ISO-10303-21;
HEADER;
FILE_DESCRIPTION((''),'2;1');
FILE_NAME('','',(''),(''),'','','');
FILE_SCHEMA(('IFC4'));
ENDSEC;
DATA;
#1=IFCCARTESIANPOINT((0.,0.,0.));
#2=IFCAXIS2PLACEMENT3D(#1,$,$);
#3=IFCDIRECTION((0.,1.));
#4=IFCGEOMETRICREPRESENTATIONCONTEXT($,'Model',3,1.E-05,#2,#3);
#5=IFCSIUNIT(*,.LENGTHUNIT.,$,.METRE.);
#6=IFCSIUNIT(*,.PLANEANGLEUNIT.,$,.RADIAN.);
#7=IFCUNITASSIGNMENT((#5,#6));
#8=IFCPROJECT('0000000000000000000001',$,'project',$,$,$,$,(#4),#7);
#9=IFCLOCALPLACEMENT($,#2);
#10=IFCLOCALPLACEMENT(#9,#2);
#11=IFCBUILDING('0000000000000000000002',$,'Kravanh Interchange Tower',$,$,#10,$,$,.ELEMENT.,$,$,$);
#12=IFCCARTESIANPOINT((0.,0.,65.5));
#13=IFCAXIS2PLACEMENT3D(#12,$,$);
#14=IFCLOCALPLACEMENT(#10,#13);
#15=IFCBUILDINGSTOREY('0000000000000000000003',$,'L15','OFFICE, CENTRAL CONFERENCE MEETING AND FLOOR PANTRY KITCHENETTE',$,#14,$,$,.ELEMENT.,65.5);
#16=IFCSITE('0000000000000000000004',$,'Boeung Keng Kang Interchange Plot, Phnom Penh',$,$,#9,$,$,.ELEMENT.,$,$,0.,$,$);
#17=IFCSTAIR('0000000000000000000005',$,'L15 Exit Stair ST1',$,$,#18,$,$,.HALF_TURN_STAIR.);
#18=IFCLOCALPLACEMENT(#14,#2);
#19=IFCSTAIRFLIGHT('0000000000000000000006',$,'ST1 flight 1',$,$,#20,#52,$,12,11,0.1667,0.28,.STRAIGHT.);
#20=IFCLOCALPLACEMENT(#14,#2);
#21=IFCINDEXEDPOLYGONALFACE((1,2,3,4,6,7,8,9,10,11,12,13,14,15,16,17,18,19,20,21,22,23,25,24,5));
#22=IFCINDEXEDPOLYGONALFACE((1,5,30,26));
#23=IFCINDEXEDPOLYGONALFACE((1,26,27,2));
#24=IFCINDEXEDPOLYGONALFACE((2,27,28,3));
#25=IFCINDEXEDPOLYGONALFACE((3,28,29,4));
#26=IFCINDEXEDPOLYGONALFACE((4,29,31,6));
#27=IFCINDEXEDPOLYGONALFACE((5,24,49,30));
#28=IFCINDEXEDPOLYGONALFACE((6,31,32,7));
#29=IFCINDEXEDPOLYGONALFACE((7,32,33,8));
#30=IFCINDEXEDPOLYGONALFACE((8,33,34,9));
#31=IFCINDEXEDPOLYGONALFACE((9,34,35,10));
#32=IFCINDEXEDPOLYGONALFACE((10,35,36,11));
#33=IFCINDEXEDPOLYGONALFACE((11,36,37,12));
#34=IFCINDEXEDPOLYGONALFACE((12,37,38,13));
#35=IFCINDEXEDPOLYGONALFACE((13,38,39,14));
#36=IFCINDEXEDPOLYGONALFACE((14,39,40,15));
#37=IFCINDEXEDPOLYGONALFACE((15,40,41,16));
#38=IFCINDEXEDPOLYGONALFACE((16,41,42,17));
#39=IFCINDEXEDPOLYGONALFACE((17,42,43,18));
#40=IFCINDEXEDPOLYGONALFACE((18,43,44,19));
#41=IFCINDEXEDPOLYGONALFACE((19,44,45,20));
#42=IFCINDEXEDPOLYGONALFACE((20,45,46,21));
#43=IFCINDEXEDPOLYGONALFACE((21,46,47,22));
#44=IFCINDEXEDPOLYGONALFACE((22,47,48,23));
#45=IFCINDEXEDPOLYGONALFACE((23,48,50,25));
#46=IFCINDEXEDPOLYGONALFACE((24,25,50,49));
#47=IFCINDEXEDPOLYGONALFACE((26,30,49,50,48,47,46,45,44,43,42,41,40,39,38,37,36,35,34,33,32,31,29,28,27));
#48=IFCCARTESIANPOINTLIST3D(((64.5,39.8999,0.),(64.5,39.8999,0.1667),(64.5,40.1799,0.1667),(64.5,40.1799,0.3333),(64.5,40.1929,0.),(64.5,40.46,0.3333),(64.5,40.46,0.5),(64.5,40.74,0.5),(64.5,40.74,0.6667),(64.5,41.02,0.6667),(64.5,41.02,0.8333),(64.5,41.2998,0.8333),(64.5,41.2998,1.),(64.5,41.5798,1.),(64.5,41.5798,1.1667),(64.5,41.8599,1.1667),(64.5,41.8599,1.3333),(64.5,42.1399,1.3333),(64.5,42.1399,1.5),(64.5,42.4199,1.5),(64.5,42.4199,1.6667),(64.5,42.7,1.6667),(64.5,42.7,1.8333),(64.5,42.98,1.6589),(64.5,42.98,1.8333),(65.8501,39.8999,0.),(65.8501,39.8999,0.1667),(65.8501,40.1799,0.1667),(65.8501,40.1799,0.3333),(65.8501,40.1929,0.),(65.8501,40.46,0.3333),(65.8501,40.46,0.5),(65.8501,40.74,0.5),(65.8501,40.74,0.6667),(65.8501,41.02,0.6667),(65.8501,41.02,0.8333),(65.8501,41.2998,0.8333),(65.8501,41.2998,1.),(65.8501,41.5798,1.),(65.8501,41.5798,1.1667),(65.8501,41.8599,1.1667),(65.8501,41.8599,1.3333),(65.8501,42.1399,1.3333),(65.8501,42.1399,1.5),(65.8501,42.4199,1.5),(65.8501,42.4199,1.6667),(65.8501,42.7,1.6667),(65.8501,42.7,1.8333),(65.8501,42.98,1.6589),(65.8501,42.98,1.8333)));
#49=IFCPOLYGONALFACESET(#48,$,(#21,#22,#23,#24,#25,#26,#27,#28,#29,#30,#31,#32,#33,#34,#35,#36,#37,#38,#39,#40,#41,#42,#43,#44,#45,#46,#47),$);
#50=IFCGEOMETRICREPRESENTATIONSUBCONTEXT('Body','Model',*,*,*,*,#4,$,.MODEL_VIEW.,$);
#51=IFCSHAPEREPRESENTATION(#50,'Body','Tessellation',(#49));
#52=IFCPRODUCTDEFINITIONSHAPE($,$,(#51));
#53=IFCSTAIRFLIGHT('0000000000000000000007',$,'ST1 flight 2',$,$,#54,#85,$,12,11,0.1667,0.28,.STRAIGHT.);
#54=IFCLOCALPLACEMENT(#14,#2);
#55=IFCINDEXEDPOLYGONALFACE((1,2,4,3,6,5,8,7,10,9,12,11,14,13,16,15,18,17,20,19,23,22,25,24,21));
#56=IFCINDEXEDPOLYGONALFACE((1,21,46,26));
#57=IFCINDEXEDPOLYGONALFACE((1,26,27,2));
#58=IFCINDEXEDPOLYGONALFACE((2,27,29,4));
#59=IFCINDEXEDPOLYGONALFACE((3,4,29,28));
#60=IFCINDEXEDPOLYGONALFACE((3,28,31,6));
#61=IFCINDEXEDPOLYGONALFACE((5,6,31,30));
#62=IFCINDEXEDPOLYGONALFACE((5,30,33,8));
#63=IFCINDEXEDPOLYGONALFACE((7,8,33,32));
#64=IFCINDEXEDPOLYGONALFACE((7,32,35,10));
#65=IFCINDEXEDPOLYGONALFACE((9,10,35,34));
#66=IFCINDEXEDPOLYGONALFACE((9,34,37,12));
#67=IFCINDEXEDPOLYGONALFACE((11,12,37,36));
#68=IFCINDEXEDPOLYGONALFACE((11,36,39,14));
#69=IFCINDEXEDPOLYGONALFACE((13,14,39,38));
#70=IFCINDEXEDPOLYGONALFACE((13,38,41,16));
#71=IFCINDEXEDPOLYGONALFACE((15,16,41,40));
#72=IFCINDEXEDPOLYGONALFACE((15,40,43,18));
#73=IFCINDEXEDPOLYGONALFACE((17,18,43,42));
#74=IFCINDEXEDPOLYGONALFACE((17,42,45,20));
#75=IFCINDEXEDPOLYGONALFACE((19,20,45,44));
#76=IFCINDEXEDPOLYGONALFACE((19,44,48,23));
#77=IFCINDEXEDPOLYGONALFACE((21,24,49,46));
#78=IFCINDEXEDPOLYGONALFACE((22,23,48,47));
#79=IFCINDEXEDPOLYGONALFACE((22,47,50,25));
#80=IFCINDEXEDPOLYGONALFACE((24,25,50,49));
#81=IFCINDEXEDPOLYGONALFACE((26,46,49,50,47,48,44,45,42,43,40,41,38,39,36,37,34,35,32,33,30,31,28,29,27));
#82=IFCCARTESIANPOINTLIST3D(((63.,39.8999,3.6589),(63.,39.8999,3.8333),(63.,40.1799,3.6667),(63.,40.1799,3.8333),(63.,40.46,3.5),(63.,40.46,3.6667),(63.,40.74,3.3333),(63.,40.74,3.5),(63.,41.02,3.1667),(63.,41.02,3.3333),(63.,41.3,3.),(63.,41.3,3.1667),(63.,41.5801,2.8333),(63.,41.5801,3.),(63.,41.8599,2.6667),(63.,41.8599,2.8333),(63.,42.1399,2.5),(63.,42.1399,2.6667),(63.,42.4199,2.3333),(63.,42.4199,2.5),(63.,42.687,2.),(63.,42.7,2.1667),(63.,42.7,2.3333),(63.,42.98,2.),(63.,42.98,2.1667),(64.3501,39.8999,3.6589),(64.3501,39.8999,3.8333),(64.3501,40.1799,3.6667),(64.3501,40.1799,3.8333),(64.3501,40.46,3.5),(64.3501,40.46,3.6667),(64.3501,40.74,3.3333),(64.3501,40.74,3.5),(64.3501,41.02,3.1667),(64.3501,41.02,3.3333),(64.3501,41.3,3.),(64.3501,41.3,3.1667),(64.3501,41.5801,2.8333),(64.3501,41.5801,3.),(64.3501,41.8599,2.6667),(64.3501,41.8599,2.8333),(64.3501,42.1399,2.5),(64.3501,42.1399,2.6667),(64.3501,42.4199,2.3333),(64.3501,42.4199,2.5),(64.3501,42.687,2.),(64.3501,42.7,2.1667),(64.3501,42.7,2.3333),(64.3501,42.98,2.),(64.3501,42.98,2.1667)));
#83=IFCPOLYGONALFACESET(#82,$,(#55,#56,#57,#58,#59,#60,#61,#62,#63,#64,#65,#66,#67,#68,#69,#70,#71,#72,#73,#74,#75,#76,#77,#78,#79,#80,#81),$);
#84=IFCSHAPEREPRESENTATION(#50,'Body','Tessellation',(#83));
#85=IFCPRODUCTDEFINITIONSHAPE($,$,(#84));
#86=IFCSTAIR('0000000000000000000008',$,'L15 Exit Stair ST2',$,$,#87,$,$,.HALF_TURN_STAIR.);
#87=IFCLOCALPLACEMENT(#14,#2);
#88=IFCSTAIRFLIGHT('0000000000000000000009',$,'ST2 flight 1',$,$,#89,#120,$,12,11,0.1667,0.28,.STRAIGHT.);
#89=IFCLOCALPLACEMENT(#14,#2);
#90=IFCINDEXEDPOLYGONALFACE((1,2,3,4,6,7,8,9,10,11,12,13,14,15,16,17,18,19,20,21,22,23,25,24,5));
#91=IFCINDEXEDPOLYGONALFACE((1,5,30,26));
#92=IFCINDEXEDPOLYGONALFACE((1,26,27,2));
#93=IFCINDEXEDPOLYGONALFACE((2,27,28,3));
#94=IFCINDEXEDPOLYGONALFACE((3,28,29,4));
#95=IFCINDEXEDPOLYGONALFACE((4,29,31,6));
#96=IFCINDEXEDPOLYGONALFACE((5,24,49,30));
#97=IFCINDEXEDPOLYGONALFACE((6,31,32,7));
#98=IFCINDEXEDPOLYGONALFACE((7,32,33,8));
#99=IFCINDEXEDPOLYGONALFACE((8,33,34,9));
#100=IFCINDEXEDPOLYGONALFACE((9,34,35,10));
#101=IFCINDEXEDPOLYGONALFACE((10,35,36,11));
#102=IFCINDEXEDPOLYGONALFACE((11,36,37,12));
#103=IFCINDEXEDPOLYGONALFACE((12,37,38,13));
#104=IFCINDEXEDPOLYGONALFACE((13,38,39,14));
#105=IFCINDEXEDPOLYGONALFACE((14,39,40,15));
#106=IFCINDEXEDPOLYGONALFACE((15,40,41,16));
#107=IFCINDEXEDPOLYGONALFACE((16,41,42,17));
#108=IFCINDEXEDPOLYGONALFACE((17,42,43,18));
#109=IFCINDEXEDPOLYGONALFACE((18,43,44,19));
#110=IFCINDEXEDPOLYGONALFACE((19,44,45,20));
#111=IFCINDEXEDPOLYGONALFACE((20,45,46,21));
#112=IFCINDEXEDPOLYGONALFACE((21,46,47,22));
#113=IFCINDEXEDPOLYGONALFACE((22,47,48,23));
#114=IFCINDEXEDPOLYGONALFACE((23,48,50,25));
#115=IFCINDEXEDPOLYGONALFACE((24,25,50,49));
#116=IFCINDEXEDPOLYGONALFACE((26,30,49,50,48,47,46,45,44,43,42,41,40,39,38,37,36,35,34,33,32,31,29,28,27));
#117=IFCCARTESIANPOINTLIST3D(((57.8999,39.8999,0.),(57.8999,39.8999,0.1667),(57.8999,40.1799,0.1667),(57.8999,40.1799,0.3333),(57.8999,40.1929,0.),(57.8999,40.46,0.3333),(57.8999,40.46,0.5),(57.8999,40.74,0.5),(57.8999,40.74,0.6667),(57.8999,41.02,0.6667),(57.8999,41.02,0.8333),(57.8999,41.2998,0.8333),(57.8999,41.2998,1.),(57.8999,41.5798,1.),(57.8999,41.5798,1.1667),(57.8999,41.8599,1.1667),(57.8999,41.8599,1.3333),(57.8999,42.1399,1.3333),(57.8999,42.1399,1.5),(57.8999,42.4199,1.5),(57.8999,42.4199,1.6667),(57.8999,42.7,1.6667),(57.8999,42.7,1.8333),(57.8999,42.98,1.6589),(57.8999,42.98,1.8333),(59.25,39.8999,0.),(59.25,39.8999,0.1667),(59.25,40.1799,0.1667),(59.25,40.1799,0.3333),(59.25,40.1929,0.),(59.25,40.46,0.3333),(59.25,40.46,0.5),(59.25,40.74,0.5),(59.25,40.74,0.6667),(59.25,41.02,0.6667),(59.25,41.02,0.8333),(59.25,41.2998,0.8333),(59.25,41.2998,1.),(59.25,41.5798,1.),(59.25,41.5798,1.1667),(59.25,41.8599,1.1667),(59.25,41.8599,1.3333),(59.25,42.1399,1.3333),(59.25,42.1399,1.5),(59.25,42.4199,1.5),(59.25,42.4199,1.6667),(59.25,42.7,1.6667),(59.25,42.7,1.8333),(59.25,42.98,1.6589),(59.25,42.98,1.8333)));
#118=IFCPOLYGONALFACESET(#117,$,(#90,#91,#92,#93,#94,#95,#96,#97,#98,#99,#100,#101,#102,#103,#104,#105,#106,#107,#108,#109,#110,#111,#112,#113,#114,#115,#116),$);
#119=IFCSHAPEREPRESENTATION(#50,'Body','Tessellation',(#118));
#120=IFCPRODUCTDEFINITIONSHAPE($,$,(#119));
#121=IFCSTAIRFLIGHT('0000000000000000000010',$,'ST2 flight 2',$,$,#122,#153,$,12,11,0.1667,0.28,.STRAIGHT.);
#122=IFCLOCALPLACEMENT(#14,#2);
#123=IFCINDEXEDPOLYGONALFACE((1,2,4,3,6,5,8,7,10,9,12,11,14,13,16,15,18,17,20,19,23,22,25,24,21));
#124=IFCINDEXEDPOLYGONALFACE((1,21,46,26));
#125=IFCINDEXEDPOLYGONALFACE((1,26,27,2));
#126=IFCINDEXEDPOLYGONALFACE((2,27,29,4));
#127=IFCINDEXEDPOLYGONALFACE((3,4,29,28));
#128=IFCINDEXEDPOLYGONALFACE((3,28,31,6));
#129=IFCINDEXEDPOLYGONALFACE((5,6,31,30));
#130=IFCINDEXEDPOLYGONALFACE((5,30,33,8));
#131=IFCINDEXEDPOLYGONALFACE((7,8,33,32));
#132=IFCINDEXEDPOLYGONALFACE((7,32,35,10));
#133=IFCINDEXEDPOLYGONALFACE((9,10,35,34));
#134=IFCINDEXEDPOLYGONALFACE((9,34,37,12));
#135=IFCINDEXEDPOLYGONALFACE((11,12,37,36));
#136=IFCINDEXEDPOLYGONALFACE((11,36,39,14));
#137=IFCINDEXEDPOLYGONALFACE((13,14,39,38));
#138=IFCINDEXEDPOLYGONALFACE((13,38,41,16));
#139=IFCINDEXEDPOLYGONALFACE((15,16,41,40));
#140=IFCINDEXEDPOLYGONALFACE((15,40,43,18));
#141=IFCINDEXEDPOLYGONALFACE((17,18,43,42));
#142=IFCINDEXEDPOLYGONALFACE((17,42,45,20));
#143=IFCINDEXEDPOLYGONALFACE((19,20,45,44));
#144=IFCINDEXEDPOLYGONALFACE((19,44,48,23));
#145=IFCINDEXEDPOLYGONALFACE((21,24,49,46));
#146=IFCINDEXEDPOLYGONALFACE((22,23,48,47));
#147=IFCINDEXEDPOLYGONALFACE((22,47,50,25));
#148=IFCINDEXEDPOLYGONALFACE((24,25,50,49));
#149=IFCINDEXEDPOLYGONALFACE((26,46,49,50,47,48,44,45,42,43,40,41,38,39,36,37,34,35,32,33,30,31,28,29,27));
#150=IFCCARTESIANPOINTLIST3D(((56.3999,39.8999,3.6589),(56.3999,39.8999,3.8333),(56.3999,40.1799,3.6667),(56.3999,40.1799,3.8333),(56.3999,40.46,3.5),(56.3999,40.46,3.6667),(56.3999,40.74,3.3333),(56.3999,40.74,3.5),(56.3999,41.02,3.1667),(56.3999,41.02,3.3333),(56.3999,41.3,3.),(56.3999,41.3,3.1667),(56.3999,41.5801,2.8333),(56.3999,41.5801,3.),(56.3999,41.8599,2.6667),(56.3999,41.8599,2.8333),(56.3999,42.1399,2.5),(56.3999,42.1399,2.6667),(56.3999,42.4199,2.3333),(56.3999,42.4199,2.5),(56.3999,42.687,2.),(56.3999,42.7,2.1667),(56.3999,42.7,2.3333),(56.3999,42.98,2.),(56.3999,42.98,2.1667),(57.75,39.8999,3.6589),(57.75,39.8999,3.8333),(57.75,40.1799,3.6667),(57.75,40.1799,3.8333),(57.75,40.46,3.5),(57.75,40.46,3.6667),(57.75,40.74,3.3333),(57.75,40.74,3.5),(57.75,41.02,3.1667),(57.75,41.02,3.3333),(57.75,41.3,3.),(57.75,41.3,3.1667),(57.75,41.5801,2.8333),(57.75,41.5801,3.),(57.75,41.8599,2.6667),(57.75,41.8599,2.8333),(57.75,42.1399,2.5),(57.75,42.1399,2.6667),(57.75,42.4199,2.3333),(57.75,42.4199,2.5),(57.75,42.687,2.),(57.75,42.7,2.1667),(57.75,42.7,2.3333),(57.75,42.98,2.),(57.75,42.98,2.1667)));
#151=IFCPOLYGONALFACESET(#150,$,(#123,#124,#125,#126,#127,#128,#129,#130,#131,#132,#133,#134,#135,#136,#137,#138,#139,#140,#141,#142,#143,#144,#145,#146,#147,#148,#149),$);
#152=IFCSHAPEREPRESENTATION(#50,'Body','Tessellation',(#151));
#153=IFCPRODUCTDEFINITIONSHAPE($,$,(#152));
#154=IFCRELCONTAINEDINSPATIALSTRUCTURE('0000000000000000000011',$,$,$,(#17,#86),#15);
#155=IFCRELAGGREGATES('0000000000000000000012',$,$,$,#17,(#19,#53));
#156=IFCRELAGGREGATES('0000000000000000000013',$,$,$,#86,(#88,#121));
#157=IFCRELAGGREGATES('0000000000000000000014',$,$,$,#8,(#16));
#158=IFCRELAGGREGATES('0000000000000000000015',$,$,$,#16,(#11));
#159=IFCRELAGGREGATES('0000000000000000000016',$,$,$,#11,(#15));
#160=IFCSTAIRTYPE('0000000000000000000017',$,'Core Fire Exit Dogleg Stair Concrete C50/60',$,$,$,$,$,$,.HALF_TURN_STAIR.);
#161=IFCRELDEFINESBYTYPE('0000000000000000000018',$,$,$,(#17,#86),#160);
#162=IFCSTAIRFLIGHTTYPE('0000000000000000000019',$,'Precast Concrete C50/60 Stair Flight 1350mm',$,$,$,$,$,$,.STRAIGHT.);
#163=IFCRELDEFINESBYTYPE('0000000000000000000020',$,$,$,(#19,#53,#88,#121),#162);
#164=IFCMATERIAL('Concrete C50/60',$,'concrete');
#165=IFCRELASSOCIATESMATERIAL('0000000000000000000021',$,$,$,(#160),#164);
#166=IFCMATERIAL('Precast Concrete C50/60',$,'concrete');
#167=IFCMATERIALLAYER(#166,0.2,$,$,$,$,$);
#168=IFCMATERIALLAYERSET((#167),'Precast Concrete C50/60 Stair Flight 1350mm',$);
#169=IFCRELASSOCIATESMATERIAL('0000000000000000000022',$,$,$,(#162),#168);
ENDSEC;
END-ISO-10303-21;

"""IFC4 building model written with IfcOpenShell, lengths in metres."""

from ifc_helpers import new_model, si_unit, direction, frame, origin, place, context, subcontext, project, spatial, polyline, outline, extrude, material, layer, layer_set, type_object, element, aggregate, save


model = new_model("IFC4")

# Units and contexts
model_context = context("Model", 3, precision=1e-05, world=origin(), true_north=direction((0.0, 1.0)))
body_context = subcontext(model_context, "Body", "Model", "MODEL_VIEW")
ifc_project = project(units=[si_unit("LENGTHUNIT", "METRE"), si_unit("PLANEANGLEUNIT", "RADIAN")], contexts=[model_context])

# Site, building, storey
site_placement = place(None, origin())
site = spatial("IfcSite", under=ifc_project, at=site_placement, Name="Boeung Keng Kang Interchange Plot, Phnom Penh", CompositionType="ELEMENT", RefElevation=0.0)
building_placement = place(site_placement, origin())
building = spatial("IfcBuilding", under=site, at=building_placement, Name="Kravanh Interchange Tower", CompositionType="ELEMENT")
storey_placement = place(building_placement, frame((0.0, 0.0, 65.5)))
storey = spatial("IfcBuildingStorey", under=building, at=storey_placement, Name="L15", Description="OFFICE, CENTRAL CONFERENCE MEETING AND FLOOR PANTRY KITCHENETTE", CompositionType="ELEMENT", Elevation=65.5)

# Stairs, stair flights
ifc_material_1 = material(Name="Concrete C50/60", Category="concrete")
stair_type = type_object("IfcStairType", Name="Core Fire Exit Dogleg Stair Concrete C50/60", PredefinedType="HALF_TURN_STAIR", material=ifc_material_1)
stair_1_placement = place(storey_placement, origin())
stair_1 = element("IfcStair", 1, at=stair_1_placement, inside=storey, type_object=stair_type, Name="L15 Exit Stair ST1", PredefinedType="HALF_TURN_STAIR")
ifc_material_2 = material(Name="Precast Concrete C50/60", Category="concrete")
ifc_layer_1 = layer(ifc_material_2, 0.2)
ifc_layer_set_1 = layer_set([ifc_layer_1], Name="Precast Concrete C50/60 Stair Flight 1350mm")
stair_flight_type = type_object("IfcStairFlightType", Name="Precast Concrete C50/60 Stair Flight 1350mm", PredefinedType="STRAIGHT", material=ifc_layer_set_1)
stair_flight_1_placement = place(storey_placement, frame((65.175, 39.8999, 0.0), z_axis=(0.0, 0.0, 1.0), x_axis=(0.0, 1.0, 0.0)))
stair_flight_1 = element("IfcStairFlight", 2, at=stair_flight_1_placement, type_object=stair_flight_type, Name="ST1 flight 1", NumberOfRisers=12, NumberOfTreads=11, PredefinedType="STRAIGHT", RiserHeight=0.1667, TreadLength=0.28, context=body_context, shape_type="SweptSolid", body=[
    extrude(outline(polyline([(0.0, 0.0), (0.0, 0.1667), (0.28, 0.1667), (0.28, 0.3333), (0.5601, 0.3333), (0.5601, 0.5), (0.8401, 0.5), (0.8401, 0.6667), (1.1201, 0.6667), (1.1201, 0.8333), (1.3999, 0.8333), (1.3999, 1.0), (1.6799, 1.0), (1.6799, 1.1667), (1.96, 1.1667), (1.96, 1.3333), (2.24, 1.3333), (2.24, 1.5), (2.52, 1.5), (2.52, 1.6667), (2.8, 1.6667), (2.8, 1.8333), (3.0801, 1.8333), (3.0801, 2.0), (3.0801, 1.6589), (0.293, 0.0), (0.0, 0.0)])), frame((0.0, 0.675, 0.0), z_axis=(0.0, -1.0, 0.0), x_axis=(1.0, 0.0, 0.0)), (0.0, 0.0, 1.0), 1.3501),
])
stair_flight_2_placement = place(storey_placement, frame((63.675, 42.98, 2.0), z_axis=(0.0, 0.0, 1.0), x_axis=(0.0, -1.0, 0.0)))
stair_flight_2 = element("IfcStairFlight", 3, at=stair_flight_2_placement, type_object=stair_flight_type, Name="ST1 flight 2", NumberOfRisers=12, NumberOfTreads=11, PredefinedType="STRAIGHT", RiserHeight=0.1667, TreadLength=0.28, context=body_context, shape_type="SweptSolid", body=[
    extrude(outline(polyline([(0.0, 0.0), (0.0, 0.1667), (0.28, 0.1667), (0.28, 0.3333), (0.5601, 0.3333), (0.5601, 0.5), (0.8401, 0.5), (0.8401, 0.6667), (1.1201, 0.6667), (1.1201, 0.8333), (1.3999, 0.8333), (1.3999, 1.0), (1.6799, 1.0), (1.6799, 1.1667), (1.96, 1.1667), (1.96, 1.3333), (2.24, 1.3333), (2.24, 1.5), (2.52, 1.5), (2.52, 1.6667), (2.8, 1.6667), (2.8, 1.8333), (3.0801, 1.8333), (3.0801, 2.0), (3.0801, 1.6589), (0.293, 0.0), (0.0, 0.0)])), frame((0.0, 0.675, 0.0), z_axis=(0.0, -1.0, 0.0), x_axis=(1.0, 0.0, 0.0)), (0.0, 0.0, 1.0), 1.3501),
])
aggregate(stair_1, [stair_flight_1, stair_flight_2])
stair_2_placement = place(storey_placement, origin())
stair_2 = element("IfcStair", 4, at=stair_2_placement, inside=storey, type_object=stair_type, Name="L15 Exit Stair ST2", PredefinedType="HALF_TURN_STAIR")
stair_flight_3_placement = place(storey_placement, frame((58.575, 39.8999, 0.0), z_axis=(0.0, 0.0, 1.0), x_axis=(0.0, 1.0, 0.0)))
stair_flight_3 = element("IfcStairFlight", 5, at=stair_flight_3_placement, type_object=stair_flight_type, Name="ST2 flight 1", NumberOfRisers=12, NumberOfTreads=11, PredefinedType="STRAIGHT", RiserHeight=0.1667, TreadLength=0.28, context=body_context, shape_type="SweptSolid", body=[
    extrude(outline(polyline([(0.0, 0.0), (0.0, 0.1667), (0.28, 0.1667), (0.28, 0.3333), (0.5601, 0.3333), (0.5601, 0.5), (0.8401, 0.5), (0.8401, 0.6667), (1.1201, 0.6667), (1.1201, 0.8333), (1.3999, 0.8333), (1.3999, 1.0), (1.6799, 1.0), (1.6799, 1.1667), (1.96, 1.1667), (1.96, 1.3333), (2.24, 1.3333), (2.24, 1.5), (2.52, 1.5), (2.52, 1.6667), (2.8, 1.6667), (2.8, 1.8333), (3.0801, 1.8333), (3.0801, 2.0), (3.0801, 1.6589), (0.293, 0.0), (0.0, 0.0)])), frame((0.0, 0.675, 0.0), z_axis=(0.0, -1.0, 0.0), x_axis=(1.0, 0.0, 0.0)), (0.0, 0.0, 1.0), 1.3501),
])
stair_flight_4_placement = place(storey_placement, frame((57.075, 42.98, 2.0), z_axis=(0.0, 0.0, 1.0), x_axis=(0.0, -1.0, 0.0)))
stair_flight_4 = element("IfcStairFlight", 6, at=stair_flight_4_placement, type_object=stair_flight_type, Name="ST2 flight 2", NumberOfRisers=12, NumberOfTreads=11, PredefinedType="STRAIGHT", RiserHeight=0.1667, TreadLength=0.28, context=body_context, shape_type="SweptSolid", body=[
    extrude(outline(polyline([(0.0, 0.0), (0.0, 0.1667), (0.28, 0.1667), (0.28, 0.3333), (0.5601, 0.3333), (0.5601, 0.5), (0.8401, 0.5), (0.8401, 0.6667), (1.1201, 0.6667), (1.1201, 0.8333), (1.3999, 0.8333), (1.3999, 1.0), (1.6799, 1.0), (1.6799, 1.1667), (1.96, 1.1667), (1.96, 1.3333), (2.24, 1.3333), (2.24, 1.5), (2.52, 1.5), (2.52, 1.6667), (2.8, 1.6667), (2.8, 1.8333), (3.0801, 1.8333), (3.0801, 2.0), (3.0801, 1.6589), (0.293, 0.0), (0.0, 0.0)])), frame((0.0, 0.675, 0.0), z_axis=(0.0, -1.0, 0.0), x_axis=(1.0, 0.0, 0.0)), (0.0, 0.0, 1.0), 1.3501),
])
aggregate(stair_2, [stair_flight_3, stair_flight_4])

save(model, "model.ifc")
